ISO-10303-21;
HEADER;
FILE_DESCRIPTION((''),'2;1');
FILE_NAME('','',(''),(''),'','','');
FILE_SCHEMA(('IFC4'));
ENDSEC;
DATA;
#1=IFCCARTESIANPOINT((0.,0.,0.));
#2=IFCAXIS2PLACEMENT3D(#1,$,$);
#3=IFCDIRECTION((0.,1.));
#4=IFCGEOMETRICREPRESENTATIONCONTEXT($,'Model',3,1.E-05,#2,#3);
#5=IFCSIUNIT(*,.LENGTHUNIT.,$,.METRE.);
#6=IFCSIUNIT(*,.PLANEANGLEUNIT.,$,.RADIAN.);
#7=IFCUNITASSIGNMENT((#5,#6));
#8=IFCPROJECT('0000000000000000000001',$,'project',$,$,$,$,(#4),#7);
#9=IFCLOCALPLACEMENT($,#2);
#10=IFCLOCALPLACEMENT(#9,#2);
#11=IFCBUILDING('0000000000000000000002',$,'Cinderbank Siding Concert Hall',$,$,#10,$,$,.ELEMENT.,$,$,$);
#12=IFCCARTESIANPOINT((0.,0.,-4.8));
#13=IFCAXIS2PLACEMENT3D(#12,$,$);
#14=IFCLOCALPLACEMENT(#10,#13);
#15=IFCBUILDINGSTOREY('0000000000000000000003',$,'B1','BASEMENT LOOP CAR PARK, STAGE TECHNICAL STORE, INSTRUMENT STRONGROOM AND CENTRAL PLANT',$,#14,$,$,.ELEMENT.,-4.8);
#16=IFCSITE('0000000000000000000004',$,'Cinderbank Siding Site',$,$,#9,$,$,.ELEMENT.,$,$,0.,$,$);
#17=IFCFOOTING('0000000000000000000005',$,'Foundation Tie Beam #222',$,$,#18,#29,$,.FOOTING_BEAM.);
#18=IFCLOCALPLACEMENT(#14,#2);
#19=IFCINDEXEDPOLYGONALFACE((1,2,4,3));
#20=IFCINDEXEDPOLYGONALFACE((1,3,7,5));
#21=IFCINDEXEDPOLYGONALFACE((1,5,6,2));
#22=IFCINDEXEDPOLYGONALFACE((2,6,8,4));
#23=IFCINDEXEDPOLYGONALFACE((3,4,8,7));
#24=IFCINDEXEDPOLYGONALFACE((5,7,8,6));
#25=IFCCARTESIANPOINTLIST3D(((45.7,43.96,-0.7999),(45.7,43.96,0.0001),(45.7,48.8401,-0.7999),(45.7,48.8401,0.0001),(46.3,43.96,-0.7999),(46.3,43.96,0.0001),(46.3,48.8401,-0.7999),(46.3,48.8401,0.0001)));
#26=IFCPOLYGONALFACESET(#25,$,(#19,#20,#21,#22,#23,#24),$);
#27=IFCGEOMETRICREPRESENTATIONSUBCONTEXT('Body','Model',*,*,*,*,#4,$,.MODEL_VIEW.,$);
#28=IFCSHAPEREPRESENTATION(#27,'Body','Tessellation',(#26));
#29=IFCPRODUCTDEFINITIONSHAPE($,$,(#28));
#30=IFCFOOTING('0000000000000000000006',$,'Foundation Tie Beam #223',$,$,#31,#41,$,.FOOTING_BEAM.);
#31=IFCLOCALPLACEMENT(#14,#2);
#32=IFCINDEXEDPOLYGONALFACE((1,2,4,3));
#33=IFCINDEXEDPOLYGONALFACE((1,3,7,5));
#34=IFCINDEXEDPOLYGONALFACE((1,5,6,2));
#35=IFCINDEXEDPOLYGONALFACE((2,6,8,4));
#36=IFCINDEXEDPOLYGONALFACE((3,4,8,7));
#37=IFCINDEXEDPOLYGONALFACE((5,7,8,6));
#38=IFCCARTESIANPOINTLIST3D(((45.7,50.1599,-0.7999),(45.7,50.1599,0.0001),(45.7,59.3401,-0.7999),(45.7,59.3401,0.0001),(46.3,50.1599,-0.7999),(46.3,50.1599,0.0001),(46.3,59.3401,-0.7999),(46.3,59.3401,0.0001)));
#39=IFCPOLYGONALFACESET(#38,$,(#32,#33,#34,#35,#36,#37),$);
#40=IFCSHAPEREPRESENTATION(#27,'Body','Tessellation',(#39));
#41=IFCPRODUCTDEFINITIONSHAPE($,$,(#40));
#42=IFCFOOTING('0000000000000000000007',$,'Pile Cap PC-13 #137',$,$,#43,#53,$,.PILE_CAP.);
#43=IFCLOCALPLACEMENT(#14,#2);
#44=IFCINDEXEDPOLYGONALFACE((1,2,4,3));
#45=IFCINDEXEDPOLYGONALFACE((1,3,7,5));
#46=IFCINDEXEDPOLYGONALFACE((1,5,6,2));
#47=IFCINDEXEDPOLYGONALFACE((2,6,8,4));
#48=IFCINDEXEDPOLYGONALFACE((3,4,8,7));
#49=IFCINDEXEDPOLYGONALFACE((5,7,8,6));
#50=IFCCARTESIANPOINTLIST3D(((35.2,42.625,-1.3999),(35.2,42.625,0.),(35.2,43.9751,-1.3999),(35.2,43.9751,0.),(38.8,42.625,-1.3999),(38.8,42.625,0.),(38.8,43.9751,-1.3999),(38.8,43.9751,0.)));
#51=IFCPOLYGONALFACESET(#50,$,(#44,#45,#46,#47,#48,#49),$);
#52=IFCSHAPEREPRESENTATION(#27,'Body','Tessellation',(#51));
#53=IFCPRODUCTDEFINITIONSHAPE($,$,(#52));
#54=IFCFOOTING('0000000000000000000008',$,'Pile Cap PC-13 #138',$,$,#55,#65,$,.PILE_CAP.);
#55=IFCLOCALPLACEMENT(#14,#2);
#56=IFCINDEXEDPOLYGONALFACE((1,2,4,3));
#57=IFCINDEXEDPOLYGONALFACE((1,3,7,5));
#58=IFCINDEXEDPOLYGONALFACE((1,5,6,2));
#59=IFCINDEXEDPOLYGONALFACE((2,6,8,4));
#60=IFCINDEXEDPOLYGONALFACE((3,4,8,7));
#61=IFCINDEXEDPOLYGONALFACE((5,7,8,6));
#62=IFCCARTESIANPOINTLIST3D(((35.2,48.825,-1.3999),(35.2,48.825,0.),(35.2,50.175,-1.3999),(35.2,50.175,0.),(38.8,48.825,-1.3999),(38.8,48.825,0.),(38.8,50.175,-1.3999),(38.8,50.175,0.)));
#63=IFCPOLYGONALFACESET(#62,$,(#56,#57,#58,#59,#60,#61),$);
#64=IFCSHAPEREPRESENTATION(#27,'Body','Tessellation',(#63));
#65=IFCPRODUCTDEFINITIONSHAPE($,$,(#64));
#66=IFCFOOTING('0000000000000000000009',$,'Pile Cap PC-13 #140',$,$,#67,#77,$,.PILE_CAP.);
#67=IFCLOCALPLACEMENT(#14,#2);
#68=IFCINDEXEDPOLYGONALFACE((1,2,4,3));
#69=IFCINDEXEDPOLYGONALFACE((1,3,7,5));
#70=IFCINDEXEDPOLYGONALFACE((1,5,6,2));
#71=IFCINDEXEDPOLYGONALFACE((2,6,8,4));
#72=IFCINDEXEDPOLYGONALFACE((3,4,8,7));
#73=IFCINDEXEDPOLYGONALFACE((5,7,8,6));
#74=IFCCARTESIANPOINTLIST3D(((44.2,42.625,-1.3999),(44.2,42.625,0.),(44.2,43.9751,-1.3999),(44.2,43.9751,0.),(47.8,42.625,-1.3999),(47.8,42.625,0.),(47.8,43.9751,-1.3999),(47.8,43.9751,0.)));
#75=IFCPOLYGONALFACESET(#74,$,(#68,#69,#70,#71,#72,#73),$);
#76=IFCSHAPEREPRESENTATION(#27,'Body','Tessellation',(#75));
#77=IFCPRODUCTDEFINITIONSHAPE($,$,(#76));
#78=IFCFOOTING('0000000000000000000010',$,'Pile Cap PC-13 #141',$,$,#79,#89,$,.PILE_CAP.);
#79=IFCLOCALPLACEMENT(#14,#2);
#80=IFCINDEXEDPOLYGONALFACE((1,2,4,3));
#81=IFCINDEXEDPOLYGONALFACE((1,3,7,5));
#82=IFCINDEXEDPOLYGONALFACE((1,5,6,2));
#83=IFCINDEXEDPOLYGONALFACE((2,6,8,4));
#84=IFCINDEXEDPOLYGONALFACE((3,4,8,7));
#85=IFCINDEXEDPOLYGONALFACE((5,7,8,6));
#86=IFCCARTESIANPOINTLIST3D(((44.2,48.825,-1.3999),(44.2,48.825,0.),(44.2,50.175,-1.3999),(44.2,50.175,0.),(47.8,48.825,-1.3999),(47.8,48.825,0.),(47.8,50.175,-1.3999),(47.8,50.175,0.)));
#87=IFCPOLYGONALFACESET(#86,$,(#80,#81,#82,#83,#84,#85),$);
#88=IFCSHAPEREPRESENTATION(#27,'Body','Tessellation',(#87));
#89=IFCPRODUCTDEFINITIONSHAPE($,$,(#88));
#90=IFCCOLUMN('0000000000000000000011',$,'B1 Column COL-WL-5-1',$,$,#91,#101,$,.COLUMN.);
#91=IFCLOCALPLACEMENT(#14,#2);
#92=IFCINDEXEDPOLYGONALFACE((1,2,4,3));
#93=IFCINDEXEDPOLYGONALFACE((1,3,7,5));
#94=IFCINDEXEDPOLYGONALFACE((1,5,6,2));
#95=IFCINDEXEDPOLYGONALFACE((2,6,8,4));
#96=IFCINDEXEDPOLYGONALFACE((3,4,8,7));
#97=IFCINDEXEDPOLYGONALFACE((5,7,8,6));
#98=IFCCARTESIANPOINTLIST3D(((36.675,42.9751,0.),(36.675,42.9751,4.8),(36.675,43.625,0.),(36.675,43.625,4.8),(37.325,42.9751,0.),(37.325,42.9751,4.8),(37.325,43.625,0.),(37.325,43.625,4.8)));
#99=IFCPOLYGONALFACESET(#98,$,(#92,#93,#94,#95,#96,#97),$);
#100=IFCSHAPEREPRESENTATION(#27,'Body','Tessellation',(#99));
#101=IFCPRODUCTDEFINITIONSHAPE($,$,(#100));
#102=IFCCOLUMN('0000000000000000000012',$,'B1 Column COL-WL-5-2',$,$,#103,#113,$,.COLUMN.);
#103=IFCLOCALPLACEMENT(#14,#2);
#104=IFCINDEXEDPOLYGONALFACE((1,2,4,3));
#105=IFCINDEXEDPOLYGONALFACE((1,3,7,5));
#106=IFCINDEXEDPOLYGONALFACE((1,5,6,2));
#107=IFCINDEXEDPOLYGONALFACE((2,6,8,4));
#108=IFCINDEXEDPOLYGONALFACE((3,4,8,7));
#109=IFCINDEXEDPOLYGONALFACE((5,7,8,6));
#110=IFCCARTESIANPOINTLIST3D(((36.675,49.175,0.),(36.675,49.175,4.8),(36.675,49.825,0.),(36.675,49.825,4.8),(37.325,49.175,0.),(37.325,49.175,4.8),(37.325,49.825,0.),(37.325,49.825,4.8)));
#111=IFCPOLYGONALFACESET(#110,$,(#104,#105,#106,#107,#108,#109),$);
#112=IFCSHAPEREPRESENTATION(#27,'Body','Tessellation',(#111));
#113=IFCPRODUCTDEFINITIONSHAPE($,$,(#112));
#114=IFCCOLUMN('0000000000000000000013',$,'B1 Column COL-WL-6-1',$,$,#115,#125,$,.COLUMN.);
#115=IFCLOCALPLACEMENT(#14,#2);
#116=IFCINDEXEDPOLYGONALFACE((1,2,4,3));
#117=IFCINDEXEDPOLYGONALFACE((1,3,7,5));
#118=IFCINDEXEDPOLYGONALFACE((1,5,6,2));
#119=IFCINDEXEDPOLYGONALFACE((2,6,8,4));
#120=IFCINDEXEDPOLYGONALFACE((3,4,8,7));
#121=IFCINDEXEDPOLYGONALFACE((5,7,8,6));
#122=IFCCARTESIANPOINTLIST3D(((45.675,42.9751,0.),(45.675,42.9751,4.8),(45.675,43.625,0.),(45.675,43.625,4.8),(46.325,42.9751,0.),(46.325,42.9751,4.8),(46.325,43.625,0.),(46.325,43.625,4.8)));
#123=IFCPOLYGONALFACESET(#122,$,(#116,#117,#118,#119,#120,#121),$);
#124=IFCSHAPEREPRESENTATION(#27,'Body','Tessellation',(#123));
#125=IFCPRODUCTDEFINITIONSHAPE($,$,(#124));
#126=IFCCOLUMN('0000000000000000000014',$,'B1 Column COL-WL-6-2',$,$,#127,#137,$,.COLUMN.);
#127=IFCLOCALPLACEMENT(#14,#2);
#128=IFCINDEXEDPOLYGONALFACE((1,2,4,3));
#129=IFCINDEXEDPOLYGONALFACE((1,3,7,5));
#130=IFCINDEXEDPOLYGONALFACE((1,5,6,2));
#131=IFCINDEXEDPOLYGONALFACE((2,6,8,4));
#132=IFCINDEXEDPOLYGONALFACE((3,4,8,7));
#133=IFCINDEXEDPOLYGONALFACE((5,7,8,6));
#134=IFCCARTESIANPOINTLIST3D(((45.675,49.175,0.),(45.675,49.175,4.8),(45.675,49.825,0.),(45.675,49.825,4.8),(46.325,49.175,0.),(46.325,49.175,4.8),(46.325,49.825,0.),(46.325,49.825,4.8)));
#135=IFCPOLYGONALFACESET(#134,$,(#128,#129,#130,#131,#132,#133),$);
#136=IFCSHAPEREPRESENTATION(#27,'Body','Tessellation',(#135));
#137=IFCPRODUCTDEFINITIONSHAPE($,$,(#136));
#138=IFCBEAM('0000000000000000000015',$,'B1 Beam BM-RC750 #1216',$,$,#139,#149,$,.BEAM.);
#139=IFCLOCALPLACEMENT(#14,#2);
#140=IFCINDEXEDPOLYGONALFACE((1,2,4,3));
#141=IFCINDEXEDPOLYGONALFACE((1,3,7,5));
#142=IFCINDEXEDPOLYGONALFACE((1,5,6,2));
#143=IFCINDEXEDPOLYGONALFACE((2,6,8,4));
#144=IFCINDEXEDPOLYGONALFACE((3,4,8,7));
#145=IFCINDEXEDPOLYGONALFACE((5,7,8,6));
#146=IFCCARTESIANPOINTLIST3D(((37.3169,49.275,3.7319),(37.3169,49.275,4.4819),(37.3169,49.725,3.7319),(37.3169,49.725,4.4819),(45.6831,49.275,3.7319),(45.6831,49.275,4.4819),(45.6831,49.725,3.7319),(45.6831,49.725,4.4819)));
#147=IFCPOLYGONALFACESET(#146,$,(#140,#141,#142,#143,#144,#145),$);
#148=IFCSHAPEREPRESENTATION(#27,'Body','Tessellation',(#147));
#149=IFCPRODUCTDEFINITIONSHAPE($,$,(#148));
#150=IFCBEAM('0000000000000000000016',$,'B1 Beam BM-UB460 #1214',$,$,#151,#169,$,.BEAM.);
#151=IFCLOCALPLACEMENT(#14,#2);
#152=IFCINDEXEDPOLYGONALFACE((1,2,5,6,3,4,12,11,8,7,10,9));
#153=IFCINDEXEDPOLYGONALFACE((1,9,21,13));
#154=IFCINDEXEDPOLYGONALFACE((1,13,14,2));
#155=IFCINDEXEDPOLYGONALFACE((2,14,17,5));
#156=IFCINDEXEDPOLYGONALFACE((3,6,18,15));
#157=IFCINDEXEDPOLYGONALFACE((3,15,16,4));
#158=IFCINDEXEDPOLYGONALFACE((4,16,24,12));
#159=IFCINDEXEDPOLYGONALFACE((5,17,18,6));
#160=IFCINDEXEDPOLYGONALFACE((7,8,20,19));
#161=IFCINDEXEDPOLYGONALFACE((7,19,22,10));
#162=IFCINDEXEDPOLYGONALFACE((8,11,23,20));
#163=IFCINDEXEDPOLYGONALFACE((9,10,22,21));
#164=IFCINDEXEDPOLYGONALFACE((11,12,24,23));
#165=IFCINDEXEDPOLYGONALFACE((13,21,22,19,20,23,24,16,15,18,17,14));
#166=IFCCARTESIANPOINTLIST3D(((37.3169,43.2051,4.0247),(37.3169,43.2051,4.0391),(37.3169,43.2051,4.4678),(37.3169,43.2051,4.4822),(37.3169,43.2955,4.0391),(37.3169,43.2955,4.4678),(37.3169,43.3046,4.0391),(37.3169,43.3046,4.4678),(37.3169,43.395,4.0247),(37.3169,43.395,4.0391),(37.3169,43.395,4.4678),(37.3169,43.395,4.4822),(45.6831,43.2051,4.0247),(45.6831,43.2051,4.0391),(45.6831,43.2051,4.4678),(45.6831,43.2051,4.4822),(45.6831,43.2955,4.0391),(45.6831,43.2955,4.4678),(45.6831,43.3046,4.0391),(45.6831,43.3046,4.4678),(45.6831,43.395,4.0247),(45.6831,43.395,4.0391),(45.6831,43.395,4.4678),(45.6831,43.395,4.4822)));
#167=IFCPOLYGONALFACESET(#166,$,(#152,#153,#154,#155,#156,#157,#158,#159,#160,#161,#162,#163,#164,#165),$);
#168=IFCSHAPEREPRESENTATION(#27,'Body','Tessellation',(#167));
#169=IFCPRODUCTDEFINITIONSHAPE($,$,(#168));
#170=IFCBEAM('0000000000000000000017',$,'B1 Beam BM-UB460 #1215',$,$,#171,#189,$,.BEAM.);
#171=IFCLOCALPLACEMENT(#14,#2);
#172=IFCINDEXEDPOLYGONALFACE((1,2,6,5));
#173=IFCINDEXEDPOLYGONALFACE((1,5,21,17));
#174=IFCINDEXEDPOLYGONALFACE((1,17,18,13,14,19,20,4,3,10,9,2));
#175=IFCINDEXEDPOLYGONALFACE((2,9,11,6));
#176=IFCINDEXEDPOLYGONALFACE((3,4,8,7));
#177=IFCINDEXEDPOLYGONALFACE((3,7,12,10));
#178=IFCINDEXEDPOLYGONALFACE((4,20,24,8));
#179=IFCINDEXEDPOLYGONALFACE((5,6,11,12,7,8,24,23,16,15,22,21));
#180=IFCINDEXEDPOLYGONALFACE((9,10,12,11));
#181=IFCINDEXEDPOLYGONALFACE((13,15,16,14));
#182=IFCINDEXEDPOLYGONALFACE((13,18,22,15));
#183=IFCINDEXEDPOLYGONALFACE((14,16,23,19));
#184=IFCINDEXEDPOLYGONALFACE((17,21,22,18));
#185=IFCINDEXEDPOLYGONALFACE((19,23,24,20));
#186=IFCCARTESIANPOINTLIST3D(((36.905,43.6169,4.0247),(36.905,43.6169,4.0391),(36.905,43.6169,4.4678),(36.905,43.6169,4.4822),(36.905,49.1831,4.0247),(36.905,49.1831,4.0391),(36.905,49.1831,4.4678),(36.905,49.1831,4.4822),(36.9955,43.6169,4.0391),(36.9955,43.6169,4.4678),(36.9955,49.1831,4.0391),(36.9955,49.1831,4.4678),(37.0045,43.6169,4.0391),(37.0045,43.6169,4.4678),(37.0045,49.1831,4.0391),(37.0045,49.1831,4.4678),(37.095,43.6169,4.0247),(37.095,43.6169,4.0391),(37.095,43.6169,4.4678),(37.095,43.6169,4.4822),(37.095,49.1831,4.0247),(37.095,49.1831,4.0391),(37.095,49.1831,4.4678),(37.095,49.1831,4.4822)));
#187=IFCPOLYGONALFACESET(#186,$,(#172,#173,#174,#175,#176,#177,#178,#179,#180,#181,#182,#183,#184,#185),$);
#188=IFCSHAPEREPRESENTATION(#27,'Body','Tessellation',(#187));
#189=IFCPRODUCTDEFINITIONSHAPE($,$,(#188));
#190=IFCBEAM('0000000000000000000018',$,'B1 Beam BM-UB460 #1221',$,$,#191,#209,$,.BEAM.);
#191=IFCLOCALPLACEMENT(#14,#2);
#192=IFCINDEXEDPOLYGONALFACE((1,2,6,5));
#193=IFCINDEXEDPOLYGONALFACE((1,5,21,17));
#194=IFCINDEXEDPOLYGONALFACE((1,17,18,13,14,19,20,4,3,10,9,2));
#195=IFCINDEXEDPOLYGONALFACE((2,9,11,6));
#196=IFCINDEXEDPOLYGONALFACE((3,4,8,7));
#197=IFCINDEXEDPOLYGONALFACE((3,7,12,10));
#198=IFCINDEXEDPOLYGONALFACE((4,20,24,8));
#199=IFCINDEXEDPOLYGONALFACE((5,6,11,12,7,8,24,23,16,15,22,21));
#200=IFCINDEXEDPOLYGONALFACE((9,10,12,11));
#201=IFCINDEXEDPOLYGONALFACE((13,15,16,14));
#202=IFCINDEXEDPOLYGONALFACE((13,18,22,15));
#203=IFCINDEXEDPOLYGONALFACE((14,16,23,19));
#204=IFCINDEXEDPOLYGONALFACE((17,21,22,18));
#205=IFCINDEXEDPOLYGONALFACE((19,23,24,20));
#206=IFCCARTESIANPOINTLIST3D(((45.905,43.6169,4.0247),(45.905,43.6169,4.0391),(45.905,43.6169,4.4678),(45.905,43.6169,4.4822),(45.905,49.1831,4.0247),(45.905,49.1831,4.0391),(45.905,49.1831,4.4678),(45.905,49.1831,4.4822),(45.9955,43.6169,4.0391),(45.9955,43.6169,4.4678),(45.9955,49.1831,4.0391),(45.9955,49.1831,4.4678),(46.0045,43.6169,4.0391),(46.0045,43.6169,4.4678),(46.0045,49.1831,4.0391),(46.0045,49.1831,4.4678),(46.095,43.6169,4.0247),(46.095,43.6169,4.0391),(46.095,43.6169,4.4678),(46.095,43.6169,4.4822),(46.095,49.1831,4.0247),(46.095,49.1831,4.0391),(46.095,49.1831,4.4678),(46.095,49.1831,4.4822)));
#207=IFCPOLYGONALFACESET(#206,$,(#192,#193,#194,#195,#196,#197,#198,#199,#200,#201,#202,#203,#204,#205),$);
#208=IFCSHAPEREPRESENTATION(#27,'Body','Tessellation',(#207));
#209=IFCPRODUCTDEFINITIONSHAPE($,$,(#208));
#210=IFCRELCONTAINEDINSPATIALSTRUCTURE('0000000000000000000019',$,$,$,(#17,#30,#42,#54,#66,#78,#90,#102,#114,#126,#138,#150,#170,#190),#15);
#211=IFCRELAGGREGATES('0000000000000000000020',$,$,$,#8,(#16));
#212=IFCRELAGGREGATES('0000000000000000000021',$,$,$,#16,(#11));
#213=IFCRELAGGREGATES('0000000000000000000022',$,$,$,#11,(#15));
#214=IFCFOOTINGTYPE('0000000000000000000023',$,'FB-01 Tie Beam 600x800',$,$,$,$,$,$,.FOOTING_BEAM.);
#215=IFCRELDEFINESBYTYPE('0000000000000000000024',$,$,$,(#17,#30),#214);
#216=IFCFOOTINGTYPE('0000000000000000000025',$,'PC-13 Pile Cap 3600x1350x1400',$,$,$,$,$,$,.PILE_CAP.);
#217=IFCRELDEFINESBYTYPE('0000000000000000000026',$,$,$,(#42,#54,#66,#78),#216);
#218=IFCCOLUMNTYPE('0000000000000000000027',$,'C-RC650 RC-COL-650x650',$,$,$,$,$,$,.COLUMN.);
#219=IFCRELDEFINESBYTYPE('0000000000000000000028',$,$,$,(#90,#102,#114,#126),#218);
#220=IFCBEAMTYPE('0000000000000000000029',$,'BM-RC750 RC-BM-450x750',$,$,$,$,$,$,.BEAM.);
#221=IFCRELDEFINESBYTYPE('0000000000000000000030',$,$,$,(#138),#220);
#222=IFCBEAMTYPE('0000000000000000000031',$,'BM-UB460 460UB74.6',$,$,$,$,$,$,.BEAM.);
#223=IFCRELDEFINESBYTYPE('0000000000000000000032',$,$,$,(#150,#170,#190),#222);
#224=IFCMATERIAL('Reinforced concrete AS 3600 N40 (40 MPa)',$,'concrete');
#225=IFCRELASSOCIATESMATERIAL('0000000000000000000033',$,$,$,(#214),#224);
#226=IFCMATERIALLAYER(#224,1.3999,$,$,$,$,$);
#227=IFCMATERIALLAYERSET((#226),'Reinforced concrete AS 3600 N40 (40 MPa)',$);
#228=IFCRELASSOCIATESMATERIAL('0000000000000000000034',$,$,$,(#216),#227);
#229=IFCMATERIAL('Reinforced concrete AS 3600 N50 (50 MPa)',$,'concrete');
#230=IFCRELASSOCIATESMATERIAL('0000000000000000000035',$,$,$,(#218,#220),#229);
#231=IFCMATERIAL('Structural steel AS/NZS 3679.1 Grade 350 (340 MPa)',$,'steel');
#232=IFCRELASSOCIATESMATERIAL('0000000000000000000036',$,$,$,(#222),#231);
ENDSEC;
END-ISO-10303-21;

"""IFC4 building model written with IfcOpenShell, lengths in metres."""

from ifc_helpers import new_model, si_unit, direction, frame, origin, origin_2d, place, context, subcontext, project, spatial, rectangle, i_section, extrude, material, layer, layer_set, material_profile, profile_set, type_object, element, save


model = new_model("IFC4")

# Units and contexts
model_context = context("Model", 3, precision=1e-05, world=origin(), true_north=direction((0.0, 1.0)))
body_context = subcontext(model_context, "Body", "Model", "MODEL_VIEW")
ifc_project = project(units=[si_unit("LENGTHUNIT", "METRE"), si_unit("PLANEANGLEUNIT", "RADIAN")], contexts=[model_context])

# Site, building, storey
site_placement = place(None, origin())
site = spatial("IfcSite", under=ifc_project, at=site_placement, Name="Cinderbank Siding Site", CompositionType="ELEMENT", RefElevation=0.0)
building_placement = place(site_placement, origin())
building = spatial("IfcBuilding", under=site, at=building_placement, Name="Cinderbank Siding Concert Hall", CompositionType="ELEMENT")
storey_placement = place(building_placement, frame((0.0, 0.0, -4.8)))
storey = spatial("IfcBuildingStorey", under=building, at=storey_placement, Name="B1", Description="BASEMENT LOOP CAR PARK, STAGE TECHNICAL STORE, INSTRUMENT STRONGROOM AND CENTRAL PLANT", CompositionType="ELEMENT", Elevation=-4.8)

# Shared definitions
ifc_material_1 = material(Name="Reinforced concrete AS 3600 N40 (40 MPa)", Category="concrete")

# Footings
ifc_material_profile_1 = material_profile(ifc_material_1, rectangle(XDim=0.6001, YDim=0.8, at=origin_2d()), Name="RC-FB-600x800", Category="LoadBearing")
ifc_profile_set_1 = profile_set([ifc_material_profile_1], Name="Reinforced concrete AS 3600 N40 (40 MPa)")
footing_type_1 = type_object("IfcFootingType", Name="FB-01 Tie Beam 600x800", PredefinedType="FOOTING_BEAM", material=ifc_profile_set_1)
footing_1_placement = place(storey_placement, frame((46.0, 43.96, -0.3999), z_axis=(0.0, 1.0, 0.0), x_axis=(-1.0, 0.0, 0.0)))
element("IfcFooting", 1, at=footing_1_placement, inside=storey, type_object=footing_type_1, Name="Foundation Tie Beam #222", PredefinedType="FOOTING_BEAM", context=body_context, shape_type="SweptSolid", body=[
    extrude(rectangle(XDim=0.6001, YDim=0.8, at=origin_2d()), origin(), (0.0, 0.0, 1.0), 4.8801),
])
footing_2_placement = place(storey_placement, frame((46.0, 50.1599, -0.3999), z_axis=(0.0, 1.0, 0.0), x_axis=(-1.0, 0.0, 0.0)))
element("IfcFooting", 2, at=footing_2_placement, inside=storey, type_object=footing_type_1, Name="Foundation Tie Beam #223", PredefinedType="FOOTING_BEAM", context=body_context, shape_type="SweptSolid", body=[
    extrude(rectangle(XDim=0.6001, YDim=0.8, at=origin_2d()), origin(), (0.0, 0.0, 1.0), 9.1802),
])
ifc_layer_1 = layer(ifc_material_1, 1.3999)
ifc_layer_set_1 = layer_set([ifc_layer_1], Name="Reinforced concrete AS 3600 N40 (40 MPa)")
footing_type_2 = type_object("IfcFootingType", Name="PC-13 Pile Cap 3600x1350x1400", PredefinedType="PILE_CAP", material=ifc_layer_set_1)
for number, where, z_axis, x_axis, name in (
    (3, (37.0, 43.3, -1.3999), (0.0, 0.0, 1.0), (1.0, 0.0, 0.0), "Pile Cap PC-13 #137"),
    (4, (37.0, 49.5, -1.3999), (0.0, 0.0, 1.0), (1.0, 0.0, 0.0), "Pile Cap PC-13 #138"),
    (5, (46.0, 43.3, -1.3999), (0.0, 0.0, 1.0), (1.0, 0.0, 0.0), "Pile Cap PC-13 #140"),
    (6, (46.0, 49.5, -1.3999), (0.0, 0.0, 1.0), (1.0, 0.0, 0.0), "Pile Cap PC-13 #141"),
):
    element("IfcFooting", number, at=place(storey_placement, frame(where, z_axis=z_axis, x_axis=x_axis)), inside=storey, type_object=footing_type_2, Name=name, PredefinedType="PILE_CAP", context=body_context, shape_type="SweptSolid", body=[
        extrude(rectangle(XDim=3.6001, YDim=1.3501, at=origin_2d()), origin(), (0.0, 0.0, 1.0), 1.3999),
    ])

# Columns
ifc_material_2 = material(Name="Reinforced concrete AS 3600 N50 (50 MPa)", Category="concrete")
ifc_material_profile_2 = material_profile(ifc_material_2, rectangle(XDim=0.6499, YDim=0.6499, at=origin_2d()), Name="RC-COL-650x650", Category="LoadBearing")
ifc_profile_set_2 = profile_set([ifc_material_profile_2], Name="Reinforced concrete AS 3600 N50 (50 MPa)")
column_type = type_object("IfcColumnType", Name="C-RC650 RC-COL-650x650", PredefinedType="COLUMN", material=ifc_profile_set_2)
for number, where, z_axis, x_axis, name in (
    (7, (37.0, 43.3, 0.0), (0.0, 0.0, 1.0), (1.0, 0.0, 0.0), "B1 Column COL-WL-5-1"),
    (8, (37.0, 49.5, 0.0), (0.0, 0.0, 1.0), (1.0, 0.0, 0.0), "B1 Column COL-WL-5-2"),
    (9, (46.0, 43.3, 0.0), (0.0, 0.0, 1.0), (1.0, 0.0, 0.0), "B1 Column COL-WL-6-1"),
    (10, (46.0, 49.5, 0.0), (0.0, 0.0, 1.0), (1.0, 0.0, 0.0), "B1 Column COL-WL-6-2"),
):
    element("IfcColumn", number, at=place(storey_placement, frame(where, z_axis=z_axis, x_axis=x_axis)), inside=storey, type_object=column_type, Name=name, PredefinedType="COLUMN", context=body_context, shape_type="SweptSolid", body=[
        extrude(rectangle(XDim=0.6499, YDim=0.6499, at=origin_2d()), origin(), (0.0, 0.0, 1.0), 4.8),
    ])

# Beams
ifc_material_profile_3 = material_profile(ifc_material_2, rectangle(XDim=0.45, YDim=0.75, at=origin_2d()), Name="RC-BM-450x750", Category="LoadBearing")
ifc_profile_set_3 = profile_set([ifc_material_profile_3], Name="Reinforced concrete AS 3600 N50 (50 MPa)")
beam_type_1 = type_object("IfcBeamType", Name="BM-RC750 RC-BM-450x750", PredefinedType="BEAM", material=ifc_profile_set_3)
beam_1_placement = place(storey_placement, frame((37.3169, 49.5, 4.1069), z_axis=(1.0, 0.0, 0.0), x_axis=(0.0, 1.0, 0.0)))
element("IfcBeam", 11, at=beam_1_placement, inside=storey, type_object=beam_type_1, Name="B1 Beam BM-RC750 #1216", PredefinedType="BEAM", context=body_context, shape_type="SweptSolid", body=[
    extrude(rectangle(XDim=0.45, YDim=0.75, at=origin_2d()), origin(), (0.0, 0.0, 1.0), 8.3662),
])
ifc_material_3 = material(Name="Structural steel AS/NZS 3679.1 Grade 350 (340 MPa)", Category="steel")
ifc_material_profile_4 = material_profile(ifc_material_3, i_section(OverallWidth=0.1899, OverallDepth=0.4575, WebThickness=0.009, FlangeThickness=0.0144, at=origin_2d()), Name="460UB74.6", Category="LoadBearing")
ifc_profile_set_4 = profile_set([ifc_material_profile_4], Name="Structural steel AS/NZS 3679.1 Grade 350 (340 MPa)")
beam_type_2 = type_object("IfcBeamType", Name="BM-UB460 460UB74.6", PredefinedType="BEAM", material=ifc_profile_set_4)
beam_2_placement = place(storey_placement, frame((37.3169, 43.3, 4.2534), z_axis=(1.0, 0.0, 0.0), x_axis=(0.0, 1.0, 0.0)))
element("IfcBeam", 12, at=beam_2_placement, inside=storey, type_object=beam_type_2, Name="B1 Beam BM-UB460 #1214", PredefinedType="BEAM", context=body_context, shape_type="SweptSolid", body=[
    extrude(i_section(OverallWidth=0.1899, OverallDepth=0.4575, WebThickness=0.009, FlangeThickness=0.0144, at=origin_2d()), origin(), (0.0, 0.0, 1.0), 8.3662),
])
for number, where, z_axis, x_axis, name in (
    (13, (37.0, 43.6169, 4.2534), (0.0, 1.0, 0.0), (-1.0, 0.0, 0.0), "B1 Beam BM-UB460 #1215"),
    (14, (46.0, 43.6169, 4.2534), (0.0, 1.0, 0.0), (-1.0, 0.0, 0.0), "B1 Beam BM-UB460 #1221"),
):
    element("IfcBeam", number, at=place(storey_placement, frame(where, z_axis=z_axis, x_axis=x_axis)), inside=storey, type_object=beam_type_2, Name=name, PredefinedType="BEAM", context=body_context, shape_type="SweptSolid", body=[
        extrude(i_section(OverallWidth=0.1899, OverallDepth=0.4575, WebThickness=0.009, FlangeThickness=0.0144, at=origin_2d()), origin(), (0.0, 0.0, 1.0), 5.5662),
    ])

save(model, "model.ifc")
